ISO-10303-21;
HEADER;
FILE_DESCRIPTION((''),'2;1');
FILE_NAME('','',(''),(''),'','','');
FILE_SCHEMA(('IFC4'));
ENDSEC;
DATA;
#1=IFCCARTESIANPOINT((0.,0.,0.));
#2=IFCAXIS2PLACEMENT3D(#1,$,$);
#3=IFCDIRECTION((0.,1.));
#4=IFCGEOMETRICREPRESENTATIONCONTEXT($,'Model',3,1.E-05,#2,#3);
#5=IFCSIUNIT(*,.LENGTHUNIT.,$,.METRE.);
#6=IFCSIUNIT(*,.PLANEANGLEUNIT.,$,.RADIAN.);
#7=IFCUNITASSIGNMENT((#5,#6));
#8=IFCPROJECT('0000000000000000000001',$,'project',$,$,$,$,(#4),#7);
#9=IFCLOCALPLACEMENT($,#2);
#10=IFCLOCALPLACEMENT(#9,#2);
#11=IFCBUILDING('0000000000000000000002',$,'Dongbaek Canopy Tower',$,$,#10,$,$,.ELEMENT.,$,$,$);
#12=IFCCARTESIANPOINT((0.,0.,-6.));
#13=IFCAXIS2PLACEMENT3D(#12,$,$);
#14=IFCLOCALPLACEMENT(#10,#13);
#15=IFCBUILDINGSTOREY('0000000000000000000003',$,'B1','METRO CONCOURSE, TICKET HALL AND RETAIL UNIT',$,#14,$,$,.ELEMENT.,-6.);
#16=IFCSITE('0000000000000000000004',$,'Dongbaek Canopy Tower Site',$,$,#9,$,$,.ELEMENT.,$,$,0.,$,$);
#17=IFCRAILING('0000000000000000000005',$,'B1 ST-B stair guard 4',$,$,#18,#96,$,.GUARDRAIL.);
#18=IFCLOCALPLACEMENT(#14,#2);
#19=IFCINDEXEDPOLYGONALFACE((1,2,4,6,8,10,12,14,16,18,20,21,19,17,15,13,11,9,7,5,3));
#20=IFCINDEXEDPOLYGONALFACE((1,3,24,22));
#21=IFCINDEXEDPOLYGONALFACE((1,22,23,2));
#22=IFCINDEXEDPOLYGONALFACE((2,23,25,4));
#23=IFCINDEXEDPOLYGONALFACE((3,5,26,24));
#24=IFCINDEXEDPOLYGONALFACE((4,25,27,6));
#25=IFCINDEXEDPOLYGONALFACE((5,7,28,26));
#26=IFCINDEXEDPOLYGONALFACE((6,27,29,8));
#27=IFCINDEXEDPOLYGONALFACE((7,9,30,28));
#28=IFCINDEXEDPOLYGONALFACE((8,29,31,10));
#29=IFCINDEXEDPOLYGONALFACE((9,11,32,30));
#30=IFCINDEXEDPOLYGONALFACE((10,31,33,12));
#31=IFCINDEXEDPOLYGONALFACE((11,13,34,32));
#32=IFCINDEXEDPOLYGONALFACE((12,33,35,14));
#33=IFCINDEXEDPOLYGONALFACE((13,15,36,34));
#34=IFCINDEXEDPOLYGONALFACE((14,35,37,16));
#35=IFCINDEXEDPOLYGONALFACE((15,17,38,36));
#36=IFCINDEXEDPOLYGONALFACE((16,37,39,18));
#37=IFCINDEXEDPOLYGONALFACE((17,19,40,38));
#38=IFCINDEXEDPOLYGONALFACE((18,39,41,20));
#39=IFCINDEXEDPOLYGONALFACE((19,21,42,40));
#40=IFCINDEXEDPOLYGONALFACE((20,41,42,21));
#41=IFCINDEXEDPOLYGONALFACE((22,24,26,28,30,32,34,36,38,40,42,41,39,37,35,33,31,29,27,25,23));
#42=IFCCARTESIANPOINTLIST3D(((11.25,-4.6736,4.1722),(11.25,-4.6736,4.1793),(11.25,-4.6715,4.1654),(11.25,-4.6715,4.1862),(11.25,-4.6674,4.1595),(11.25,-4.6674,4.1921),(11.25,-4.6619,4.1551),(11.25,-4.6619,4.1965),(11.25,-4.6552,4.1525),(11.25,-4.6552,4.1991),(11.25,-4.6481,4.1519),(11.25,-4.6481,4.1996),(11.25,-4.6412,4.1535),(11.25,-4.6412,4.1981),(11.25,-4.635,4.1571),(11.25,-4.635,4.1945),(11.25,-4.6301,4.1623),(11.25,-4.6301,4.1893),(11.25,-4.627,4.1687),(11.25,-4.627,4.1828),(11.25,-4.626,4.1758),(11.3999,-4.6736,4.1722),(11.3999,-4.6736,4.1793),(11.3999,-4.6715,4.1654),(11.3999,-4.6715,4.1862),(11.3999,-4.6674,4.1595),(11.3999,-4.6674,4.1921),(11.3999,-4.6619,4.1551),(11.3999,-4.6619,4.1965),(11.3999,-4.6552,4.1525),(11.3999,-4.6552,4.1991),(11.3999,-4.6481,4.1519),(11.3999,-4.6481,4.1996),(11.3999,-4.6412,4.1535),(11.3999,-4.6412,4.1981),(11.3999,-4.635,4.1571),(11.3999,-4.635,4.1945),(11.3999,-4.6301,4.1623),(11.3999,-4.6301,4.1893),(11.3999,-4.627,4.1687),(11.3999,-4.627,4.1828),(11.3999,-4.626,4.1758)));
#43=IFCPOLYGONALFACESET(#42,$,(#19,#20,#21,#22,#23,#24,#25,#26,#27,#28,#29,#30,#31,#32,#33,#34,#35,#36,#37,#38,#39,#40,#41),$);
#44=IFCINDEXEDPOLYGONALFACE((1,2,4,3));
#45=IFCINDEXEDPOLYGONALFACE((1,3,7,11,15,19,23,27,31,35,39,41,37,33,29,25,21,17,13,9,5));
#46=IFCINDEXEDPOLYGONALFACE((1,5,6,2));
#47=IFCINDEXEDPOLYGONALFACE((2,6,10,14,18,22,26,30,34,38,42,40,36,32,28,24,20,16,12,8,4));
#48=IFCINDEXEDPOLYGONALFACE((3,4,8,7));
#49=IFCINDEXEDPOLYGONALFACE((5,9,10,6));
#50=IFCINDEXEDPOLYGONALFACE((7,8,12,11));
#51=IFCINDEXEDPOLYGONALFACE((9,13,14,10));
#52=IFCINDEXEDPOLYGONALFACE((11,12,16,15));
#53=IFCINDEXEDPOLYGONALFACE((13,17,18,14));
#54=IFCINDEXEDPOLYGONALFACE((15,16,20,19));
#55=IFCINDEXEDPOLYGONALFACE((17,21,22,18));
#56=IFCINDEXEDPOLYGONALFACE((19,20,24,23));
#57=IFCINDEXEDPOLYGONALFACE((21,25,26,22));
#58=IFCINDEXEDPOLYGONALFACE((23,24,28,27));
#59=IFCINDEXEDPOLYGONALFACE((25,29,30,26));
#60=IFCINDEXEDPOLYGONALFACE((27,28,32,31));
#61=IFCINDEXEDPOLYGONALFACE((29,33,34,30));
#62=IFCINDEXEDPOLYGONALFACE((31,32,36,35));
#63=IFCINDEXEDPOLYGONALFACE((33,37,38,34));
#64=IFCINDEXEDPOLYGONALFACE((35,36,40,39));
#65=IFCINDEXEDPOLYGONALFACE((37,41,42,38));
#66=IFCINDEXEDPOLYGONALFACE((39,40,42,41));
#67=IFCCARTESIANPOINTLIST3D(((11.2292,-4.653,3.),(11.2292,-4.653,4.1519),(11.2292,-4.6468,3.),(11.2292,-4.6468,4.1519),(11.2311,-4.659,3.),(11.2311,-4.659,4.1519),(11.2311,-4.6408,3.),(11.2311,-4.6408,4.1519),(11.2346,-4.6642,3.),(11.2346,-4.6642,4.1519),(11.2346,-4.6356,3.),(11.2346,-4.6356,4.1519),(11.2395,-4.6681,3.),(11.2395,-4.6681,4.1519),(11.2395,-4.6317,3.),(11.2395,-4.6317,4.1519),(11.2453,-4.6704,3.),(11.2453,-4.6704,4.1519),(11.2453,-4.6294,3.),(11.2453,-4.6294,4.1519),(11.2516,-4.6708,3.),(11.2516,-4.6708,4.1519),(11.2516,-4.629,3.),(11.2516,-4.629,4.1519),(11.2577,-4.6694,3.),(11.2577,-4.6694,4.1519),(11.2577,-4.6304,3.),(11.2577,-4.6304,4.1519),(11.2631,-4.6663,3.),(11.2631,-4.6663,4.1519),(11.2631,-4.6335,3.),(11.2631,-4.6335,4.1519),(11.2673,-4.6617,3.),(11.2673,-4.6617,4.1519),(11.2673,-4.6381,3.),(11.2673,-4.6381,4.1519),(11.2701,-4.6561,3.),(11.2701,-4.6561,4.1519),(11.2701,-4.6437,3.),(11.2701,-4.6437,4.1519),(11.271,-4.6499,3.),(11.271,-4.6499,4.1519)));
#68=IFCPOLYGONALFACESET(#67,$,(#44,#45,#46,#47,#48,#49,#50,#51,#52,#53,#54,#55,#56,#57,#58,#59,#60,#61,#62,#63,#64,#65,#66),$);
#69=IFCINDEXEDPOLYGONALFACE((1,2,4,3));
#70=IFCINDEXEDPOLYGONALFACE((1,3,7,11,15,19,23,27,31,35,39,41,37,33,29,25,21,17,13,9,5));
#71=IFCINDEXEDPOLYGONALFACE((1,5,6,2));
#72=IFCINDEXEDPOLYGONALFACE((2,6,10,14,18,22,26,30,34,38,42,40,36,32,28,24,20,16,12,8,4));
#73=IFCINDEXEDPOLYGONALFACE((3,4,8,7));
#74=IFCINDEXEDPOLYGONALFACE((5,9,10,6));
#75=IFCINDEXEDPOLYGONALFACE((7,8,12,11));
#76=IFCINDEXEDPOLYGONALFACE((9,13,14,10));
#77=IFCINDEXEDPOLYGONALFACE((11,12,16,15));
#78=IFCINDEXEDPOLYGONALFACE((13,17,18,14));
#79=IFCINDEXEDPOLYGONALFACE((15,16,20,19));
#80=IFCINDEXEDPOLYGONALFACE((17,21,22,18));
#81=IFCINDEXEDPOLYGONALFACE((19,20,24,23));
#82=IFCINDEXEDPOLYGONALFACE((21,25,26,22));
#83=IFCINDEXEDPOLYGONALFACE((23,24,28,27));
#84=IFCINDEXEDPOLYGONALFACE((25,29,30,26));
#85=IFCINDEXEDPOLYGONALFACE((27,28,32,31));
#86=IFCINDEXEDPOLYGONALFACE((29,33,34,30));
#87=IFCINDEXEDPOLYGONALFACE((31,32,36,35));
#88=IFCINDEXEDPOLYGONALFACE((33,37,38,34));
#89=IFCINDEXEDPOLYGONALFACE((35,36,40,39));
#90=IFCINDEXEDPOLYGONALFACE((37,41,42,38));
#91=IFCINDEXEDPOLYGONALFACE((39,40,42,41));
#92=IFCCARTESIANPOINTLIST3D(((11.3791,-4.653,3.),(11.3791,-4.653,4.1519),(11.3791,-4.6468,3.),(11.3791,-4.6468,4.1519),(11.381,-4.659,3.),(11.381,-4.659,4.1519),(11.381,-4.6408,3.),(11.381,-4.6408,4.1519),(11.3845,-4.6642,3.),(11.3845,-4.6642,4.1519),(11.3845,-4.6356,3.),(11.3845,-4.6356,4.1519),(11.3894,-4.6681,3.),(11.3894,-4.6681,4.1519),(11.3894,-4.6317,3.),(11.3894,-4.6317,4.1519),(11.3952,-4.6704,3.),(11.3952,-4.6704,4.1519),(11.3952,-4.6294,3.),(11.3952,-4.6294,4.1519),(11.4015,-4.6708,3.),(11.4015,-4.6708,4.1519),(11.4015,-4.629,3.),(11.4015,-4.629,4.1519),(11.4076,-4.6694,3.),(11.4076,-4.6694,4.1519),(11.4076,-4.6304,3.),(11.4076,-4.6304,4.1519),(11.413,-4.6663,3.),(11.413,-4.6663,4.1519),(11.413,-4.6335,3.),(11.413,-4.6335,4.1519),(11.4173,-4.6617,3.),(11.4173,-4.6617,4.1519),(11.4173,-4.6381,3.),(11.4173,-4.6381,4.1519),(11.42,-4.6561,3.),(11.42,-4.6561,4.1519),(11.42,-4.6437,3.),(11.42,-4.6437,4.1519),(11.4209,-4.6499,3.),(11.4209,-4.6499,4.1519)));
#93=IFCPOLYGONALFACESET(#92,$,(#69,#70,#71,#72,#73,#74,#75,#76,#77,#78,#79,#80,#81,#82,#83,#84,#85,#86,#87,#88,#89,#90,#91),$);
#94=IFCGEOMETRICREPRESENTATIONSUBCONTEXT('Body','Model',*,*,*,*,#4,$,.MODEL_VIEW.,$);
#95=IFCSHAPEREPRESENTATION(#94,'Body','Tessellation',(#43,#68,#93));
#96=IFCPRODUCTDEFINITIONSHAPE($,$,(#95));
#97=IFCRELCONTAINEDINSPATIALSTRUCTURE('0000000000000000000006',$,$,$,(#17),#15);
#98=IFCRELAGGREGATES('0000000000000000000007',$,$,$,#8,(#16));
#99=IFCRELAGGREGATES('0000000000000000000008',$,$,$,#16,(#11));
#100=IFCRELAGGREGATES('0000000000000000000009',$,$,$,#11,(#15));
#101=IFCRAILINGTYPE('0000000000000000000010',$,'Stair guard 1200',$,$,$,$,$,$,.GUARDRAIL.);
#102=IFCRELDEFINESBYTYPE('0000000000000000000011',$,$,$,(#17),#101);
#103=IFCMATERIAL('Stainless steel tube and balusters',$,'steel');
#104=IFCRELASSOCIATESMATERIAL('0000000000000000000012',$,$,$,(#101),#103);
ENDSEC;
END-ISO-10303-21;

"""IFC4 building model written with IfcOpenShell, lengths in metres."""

from ifc_helpers import new_model, si_unit, direction, frame, origin, origin_2d, place, context, subcontext, project, spatial, circle, extrude, material, type_object, element, save


model = new_model("IFC4")

# Units and contexts
model_context = context("Model", 3, precision=1e-05, world=origin(), true_north=direction((0.0, 1.0)))
body_context = subcontext(model_context, "Body", "Model", "MODEL_VIEW")
ifc_project = project(units=[si_unit("LENGTHUNIT", "METRE"), si_unit("PLANEANGLEUNIT", "RADIAN")], contexts=[model_context])

# Site, building, storey
site_placement = place(None, origin())
site = spatial("IfcSite", under=ifc_project, at=site_placement, Name="Dongbaek Canopy Tower Site", CompositionType="ELEMENT", RefElevation=0.0)
building_placement = place(site_placement, origin())
building = spatial("IfcBuilding", under=site, at=building_placement, Name="Dongbaek Canopy Tower", CompositionType="ELEMENT")
storey_placement = place(building_placement, frame((0.0, 0.0, -6.0)))
storey = spatial("IfcBuildingStorey", under=building, at=storey_placement, Name="B1", Description="METRO CONCOURSE, TICKET HALL AND RETAIL UNIT", CompositionType="ELEMENT", Elevation=-6.0)

# Railing
ifc_material_1 = material(Name="Stainless steel tube and balusters", Category="steel")
railing_type_1 = type_object("IfcRailingType", Name="Stair guard 1200", PredefinedType="GUARDRAIL", material=ifc_material_1)
railing_1_placement = place(storey_placement, frame((11.25, -4.6499, 3.0)))
element("IfcRailing", 1, at=railing_1_placement, inside=storey, type_object=railing_type_1, Name="B1 ST-B stair guard 4", PredefinedType="GUARDRAIL", context=body_context, shape_type="SweptSolid", body=[
    extrude(circle(Radius=0.0239, at=origin_2d()), frame((0.0, 0.0, 1.1758), z_axis=(1.0, 0.0, 0.0), x_axis=(0.0, 1.0, 0.0)), (0.0, 0.0, 1.0), 0.1499),
    extrude(circle(Radius=0.021, at=origin_2d()), origin(), (0.0, 0.0, 1.0), 1.1519),
    extrude(circle(Radius=0.021, at=origin_2d()), frame((0.1499, 0.0, 0.0)), (0.0, 0.0, 1.0), 1.1519),
])

save(model, "model.ifc")
